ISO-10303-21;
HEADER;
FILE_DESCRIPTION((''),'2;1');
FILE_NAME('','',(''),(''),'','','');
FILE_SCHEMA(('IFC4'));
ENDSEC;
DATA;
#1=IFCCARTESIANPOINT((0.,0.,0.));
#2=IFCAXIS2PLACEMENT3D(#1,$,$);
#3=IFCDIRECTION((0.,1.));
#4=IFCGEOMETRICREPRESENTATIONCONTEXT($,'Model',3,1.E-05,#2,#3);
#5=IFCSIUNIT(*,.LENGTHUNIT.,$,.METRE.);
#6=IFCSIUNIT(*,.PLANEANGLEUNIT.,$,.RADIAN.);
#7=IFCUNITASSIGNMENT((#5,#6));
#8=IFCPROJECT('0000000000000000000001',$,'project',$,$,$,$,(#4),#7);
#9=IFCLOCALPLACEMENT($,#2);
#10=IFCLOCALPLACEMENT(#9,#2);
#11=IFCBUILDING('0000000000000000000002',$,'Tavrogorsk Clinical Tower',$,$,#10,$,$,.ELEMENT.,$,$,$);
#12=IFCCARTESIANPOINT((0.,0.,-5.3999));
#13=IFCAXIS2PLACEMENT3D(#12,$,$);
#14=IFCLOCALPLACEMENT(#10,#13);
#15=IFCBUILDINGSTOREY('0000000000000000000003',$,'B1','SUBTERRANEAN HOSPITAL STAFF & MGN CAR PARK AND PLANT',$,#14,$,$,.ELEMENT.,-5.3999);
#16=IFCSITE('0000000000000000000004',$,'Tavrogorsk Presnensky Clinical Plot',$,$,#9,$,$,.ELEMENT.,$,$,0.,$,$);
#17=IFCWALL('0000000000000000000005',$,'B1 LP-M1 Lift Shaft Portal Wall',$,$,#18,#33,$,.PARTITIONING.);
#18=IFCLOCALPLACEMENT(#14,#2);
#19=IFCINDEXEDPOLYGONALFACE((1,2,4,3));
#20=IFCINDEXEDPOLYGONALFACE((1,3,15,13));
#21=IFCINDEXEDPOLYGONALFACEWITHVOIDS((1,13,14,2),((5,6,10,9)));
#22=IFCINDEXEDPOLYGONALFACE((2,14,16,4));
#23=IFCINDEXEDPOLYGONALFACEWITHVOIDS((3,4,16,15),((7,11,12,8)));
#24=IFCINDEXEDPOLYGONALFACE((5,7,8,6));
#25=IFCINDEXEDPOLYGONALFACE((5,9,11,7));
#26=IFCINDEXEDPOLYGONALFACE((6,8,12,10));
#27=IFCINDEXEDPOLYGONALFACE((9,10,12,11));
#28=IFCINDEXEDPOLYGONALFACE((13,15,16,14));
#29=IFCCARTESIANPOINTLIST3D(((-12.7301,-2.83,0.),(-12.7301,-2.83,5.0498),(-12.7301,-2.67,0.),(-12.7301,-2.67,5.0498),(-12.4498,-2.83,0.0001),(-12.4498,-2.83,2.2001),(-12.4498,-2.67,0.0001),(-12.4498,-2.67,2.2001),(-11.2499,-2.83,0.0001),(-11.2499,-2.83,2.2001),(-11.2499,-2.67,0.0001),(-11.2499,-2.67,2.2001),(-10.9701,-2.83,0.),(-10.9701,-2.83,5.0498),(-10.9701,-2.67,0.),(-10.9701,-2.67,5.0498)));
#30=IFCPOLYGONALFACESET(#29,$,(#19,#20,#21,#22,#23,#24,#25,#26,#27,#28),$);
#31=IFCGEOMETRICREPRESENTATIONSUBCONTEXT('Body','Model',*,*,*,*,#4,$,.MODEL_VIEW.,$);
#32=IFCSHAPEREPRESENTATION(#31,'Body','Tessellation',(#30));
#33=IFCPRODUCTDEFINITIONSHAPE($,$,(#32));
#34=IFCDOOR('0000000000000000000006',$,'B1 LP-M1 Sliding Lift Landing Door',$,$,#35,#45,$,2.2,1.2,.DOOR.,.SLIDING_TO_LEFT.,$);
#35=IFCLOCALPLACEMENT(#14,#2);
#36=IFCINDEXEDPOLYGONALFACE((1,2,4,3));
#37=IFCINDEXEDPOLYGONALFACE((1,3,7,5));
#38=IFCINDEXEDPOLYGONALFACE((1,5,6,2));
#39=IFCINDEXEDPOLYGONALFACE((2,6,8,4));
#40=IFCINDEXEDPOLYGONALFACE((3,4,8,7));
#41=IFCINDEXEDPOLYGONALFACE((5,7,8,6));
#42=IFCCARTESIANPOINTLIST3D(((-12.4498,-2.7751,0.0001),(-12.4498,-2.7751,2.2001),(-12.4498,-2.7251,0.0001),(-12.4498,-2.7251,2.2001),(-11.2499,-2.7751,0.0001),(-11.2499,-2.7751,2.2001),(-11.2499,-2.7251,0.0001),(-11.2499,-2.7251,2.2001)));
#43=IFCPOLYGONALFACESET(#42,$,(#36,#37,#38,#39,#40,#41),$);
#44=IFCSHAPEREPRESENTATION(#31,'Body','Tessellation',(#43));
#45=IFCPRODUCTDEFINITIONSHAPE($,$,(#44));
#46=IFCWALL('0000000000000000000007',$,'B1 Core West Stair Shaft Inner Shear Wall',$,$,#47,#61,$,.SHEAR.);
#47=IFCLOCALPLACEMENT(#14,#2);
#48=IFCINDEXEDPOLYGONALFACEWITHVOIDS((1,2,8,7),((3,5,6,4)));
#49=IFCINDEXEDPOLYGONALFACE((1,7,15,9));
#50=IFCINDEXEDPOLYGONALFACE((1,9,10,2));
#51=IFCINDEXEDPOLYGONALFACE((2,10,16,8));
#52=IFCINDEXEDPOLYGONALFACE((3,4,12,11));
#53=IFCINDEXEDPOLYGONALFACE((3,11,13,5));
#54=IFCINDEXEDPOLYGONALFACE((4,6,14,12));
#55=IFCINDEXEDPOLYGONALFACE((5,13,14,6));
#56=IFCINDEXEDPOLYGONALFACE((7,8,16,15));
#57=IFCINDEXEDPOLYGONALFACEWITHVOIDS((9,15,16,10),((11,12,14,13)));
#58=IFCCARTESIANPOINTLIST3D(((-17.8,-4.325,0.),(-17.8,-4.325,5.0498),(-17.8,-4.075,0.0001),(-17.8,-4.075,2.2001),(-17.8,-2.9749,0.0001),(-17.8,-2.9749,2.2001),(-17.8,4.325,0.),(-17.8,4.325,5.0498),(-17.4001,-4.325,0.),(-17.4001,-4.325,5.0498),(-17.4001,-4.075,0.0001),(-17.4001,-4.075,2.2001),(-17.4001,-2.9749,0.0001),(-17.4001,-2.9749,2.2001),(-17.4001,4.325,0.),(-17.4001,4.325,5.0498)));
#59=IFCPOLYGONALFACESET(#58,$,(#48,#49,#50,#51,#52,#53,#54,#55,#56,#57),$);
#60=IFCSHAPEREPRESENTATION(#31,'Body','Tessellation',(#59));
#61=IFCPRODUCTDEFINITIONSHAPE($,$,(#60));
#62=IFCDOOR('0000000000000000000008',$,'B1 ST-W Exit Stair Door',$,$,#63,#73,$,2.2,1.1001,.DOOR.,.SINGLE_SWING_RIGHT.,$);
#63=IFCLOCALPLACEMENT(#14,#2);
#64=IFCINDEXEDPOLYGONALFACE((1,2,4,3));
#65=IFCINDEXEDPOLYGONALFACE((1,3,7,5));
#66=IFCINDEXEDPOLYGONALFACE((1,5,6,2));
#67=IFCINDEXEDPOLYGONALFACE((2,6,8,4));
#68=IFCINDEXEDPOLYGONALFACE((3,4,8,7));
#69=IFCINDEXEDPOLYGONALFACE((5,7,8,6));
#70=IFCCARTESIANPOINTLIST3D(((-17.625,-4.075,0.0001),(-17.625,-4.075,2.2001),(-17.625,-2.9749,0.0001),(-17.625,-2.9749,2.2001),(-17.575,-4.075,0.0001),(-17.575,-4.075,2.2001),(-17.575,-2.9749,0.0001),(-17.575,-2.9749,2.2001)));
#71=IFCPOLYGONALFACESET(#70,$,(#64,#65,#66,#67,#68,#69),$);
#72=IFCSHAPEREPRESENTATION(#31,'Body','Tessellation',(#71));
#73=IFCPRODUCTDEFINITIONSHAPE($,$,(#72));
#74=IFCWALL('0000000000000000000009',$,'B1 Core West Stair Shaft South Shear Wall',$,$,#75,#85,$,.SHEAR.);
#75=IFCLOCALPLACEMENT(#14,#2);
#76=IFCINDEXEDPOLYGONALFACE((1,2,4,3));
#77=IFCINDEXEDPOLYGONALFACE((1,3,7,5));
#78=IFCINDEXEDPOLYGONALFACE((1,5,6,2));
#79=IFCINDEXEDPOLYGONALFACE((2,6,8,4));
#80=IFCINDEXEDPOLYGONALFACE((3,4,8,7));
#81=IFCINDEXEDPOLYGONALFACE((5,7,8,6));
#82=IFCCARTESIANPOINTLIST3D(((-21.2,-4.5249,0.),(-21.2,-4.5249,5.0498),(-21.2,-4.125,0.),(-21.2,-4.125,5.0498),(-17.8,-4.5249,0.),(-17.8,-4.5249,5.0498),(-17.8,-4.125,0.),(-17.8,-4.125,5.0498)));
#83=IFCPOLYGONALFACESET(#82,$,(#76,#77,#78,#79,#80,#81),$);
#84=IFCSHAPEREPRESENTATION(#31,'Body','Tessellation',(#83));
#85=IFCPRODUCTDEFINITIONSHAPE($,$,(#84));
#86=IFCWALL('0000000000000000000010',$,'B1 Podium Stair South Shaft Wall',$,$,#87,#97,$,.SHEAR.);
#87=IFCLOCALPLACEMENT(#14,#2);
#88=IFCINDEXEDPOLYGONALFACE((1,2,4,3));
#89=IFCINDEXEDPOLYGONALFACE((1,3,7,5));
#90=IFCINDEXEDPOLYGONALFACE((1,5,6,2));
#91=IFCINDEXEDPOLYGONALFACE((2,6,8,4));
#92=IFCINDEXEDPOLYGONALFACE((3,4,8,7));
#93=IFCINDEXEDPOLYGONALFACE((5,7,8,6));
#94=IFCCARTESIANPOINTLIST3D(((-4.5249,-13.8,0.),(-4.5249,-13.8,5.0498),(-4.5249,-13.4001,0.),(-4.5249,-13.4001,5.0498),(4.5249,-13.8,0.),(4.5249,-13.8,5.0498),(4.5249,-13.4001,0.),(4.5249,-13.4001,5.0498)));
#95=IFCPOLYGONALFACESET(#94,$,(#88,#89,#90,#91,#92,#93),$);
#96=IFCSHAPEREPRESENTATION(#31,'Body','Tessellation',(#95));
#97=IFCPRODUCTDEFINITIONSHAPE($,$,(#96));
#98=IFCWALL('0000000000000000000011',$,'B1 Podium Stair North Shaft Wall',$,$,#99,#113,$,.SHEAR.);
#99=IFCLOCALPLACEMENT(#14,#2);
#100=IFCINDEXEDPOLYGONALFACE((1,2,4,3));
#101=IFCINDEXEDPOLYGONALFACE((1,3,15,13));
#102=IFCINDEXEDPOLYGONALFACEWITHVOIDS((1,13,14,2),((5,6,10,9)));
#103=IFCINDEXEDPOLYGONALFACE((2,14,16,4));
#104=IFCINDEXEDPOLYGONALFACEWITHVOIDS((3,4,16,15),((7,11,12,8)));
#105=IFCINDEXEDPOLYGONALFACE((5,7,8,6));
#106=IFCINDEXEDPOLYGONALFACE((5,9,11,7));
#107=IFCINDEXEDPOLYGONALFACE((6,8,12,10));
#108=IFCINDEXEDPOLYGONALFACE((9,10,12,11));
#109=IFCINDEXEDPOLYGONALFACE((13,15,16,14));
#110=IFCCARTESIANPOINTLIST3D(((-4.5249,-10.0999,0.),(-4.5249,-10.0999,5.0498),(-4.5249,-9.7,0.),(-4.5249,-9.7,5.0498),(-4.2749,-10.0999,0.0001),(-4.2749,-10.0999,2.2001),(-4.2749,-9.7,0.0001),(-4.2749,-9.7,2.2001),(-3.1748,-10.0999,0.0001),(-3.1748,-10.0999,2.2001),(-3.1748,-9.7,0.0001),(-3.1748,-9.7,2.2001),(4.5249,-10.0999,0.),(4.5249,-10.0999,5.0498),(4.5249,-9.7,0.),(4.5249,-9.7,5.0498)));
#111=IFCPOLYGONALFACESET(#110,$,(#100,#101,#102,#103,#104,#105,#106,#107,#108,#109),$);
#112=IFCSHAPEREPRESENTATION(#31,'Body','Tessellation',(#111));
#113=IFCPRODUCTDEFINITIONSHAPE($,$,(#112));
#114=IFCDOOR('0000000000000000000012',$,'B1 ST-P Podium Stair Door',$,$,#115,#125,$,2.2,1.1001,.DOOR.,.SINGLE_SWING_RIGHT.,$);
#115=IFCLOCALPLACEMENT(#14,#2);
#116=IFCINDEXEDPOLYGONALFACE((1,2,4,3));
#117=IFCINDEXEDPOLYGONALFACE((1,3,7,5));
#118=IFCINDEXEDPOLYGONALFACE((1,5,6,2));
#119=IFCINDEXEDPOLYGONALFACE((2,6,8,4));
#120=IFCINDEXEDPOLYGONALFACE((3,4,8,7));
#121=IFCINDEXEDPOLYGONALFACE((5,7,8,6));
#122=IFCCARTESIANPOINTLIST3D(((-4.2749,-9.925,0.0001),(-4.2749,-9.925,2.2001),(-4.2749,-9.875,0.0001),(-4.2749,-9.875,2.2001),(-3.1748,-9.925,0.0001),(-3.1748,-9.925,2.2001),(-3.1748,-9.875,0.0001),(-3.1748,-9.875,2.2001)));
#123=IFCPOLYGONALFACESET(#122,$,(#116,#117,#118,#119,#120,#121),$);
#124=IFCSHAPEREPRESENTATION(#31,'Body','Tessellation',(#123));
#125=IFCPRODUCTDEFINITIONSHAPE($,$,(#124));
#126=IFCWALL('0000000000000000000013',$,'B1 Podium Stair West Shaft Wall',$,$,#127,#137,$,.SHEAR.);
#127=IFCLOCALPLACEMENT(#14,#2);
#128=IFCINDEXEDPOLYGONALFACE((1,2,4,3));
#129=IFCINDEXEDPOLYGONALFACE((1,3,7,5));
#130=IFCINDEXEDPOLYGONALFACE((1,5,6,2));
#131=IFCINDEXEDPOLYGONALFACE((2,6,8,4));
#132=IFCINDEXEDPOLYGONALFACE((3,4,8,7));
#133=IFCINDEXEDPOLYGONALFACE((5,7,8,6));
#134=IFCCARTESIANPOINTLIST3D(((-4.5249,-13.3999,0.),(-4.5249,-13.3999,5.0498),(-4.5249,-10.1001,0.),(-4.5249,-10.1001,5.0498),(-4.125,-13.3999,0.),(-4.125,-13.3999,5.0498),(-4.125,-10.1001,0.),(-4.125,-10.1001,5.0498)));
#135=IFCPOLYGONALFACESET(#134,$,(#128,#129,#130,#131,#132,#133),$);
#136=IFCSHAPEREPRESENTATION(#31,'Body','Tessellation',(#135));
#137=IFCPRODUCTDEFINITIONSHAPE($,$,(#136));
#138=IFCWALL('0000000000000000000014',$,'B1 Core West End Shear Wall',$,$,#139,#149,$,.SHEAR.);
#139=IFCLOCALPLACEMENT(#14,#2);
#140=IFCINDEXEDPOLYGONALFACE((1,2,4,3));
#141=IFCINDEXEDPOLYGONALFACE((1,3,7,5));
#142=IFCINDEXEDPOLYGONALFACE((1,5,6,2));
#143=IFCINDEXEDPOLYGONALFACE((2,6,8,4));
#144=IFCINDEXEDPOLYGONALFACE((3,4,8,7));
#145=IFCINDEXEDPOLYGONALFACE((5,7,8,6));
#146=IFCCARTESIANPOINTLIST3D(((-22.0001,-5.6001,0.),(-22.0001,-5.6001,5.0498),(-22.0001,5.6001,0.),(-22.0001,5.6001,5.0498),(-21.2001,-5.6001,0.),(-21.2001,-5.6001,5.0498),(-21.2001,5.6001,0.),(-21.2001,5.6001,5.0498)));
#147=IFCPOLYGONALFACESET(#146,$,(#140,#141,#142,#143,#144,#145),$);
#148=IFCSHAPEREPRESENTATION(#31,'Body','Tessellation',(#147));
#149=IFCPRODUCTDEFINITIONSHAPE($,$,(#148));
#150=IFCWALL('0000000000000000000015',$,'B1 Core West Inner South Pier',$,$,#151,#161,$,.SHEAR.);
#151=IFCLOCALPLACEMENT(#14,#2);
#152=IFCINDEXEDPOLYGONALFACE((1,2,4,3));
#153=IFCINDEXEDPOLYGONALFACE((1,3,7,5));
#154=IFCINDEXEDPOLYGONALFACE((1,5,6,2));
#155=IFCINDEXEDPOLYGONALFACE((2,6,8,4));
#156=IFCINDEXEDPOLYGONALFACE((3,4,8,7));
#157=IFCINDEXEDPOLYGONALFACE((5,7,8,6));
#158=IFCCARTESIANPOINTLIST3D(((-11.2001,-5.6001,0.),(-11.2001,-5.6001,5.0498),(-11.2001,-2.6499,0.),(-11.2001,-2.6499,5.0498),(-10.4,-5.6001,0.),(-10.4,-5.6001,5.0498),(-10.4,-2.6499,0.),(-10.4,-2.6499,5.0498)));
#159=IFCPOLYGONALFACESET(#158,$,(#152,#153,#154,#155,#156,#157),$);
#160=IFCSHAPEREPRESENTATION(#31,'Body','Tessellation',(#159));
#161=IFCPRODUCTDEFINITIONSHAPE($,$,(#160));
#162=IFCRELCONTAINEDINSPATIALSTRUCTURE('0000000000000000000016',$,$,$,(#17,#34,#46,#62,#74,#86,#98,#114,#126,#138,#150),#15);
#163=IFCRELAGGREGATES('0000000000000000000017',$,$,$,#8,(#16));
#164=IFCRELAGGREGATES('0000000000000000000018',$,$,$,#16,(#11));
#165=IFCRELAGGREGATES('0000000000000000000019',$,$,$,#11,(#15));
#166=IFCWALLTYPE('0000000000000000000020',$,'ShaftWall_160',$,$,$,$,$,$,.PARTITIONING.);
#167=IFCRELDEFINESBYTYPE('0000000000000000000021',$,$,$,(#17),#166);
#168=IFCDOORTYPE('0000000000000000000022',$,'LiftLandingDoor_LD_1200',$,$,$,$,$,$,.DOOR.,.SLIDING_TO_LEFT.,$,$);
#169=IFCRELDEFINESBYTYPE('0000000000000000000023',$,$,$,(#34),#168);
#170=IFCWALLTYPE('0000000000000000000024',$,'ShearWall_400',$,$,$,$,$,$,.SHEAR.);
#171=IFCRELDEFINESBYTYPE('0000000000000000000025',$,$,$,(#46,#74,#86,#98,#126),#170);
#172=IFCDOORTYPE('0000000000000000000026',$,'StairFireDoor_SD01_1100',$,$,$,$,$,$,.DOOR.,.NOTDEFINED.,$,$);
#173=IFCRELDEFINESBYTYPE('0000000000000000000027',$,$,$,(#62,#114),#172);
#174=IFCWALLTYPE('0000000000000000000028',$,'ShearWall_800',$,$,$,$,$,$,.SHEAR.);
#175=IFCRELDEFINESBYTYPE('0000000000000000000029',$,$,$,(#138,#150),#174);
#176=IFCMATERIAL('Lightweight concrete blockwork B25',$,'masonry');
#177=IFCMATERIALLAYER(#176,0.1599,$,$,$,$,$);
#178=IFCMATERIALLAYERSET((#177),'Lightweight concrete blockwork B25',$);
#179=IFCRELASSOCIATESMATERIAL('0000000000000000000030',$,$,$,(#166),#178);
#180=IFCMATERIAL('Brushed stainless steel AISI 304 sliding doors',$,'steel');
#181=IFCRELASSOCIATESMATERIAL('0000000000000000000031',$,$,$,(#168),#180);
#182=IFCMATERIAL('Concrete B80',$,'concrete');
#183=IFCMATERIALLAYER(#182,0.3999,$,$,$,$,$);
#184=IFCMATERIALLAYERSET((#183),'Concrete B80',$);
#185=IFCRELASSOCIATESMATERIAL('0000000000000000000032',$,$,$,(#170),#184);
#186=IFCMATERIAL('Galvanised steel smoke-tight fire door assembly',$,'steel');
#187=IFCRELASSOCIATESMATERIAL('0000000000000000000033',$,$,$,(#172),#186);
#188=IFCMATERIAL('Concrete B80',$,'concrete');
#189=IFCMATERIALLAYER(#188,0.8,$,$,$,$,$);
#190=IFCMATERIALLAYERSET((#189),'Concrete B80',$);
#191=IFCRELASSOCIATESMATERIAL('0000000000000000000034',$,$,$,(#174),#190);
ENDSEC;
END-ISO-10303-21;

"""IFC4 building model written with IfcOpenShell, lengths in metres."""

from ifc_helpers import new_model, si_unit, direction, frame, frame_2d, origin, place, context, subcontext, project, spatial, rectangle, extrude, material, layer, layer_set, type_object, element, fill, save


model = new_model("IFC4")

# Units and contexts
model_context = context("Model", 3, precision=1e-05, world=origin(), true_north=direction((0.0, 1.0)))
body_context = subcontext(model_context, "Body", "Model", "MODEL_VIEW")
ifc_project = project(units=[si_unit("LENGTHUNIT", "METRE"), si_unit("PLANEANGLEUNIT", "RADIAN")], contexts=[model_context])

# Site, building, storey
site_placement = place(None, origin())
site = spatial("IfcSite", under=ifc_project, at=site_placement, Name="Tavrogorsk Presnensky Clinical Plot", CompositionType="ELEMENT", RefElevation=0.0)
building_placement = place(site_placement, origin())
building = spatial("IfcBuilding", under=site, at=building_placement, Name="Tavrogorsk Clinical Tower", CompositionType="ELEMENT")
storey_placement = place(building_placement, frame((0.0, 0.0, -5.3999)))
storey = spatial("IfcBuildingStorey", under=building, at=storey_placement, Name="B1", Description="SUBTERRANEAN HOSPITAL STAFF & MGN CAR PARK AND PLANT", CompositionType="ELEMENT", Elevation=-5.3999)

# Shared definitions
ifc_material_1 = material(Name="Lightweight concrete blockwork B25", Category="masonry")
ifc_layer_1 = layer(ifc_material_1, 0.1599)
ifc_layer_set_1 = layer_set([ifc_layer_1], Name="Lightweight concrete blockwork B25")
wall_type_1 = type_object("IfcWallType", Name="ShaftWall_160", PredefinedType="PARTITIONING", material=ifc_layer_set_1)
ifc_material_2 = material(Name="Brushed stainless steel AISI 304 sliding doors", Category="steel")
door_type_1 = type_object("IfcDoorType", Name="LiftLandingDoor_LD_1200", OperationType="SLIDING_TO_LEFT", PredefinedType="DOOR", material=ifc_material_2)

# Walls, openings, doors
wall_1_placement = place(storey_placement, frame((-12.73, -2.75, 0.0), z_axis=(0.0, 0.0, 1.0), x_axis=(1.0, 0.0, 0.0)))
wall_1 = element("IfcWall", 1, at=wall_1_placement, inside=storey, type_object=wall_type_1, Name="B1 LP-M1 Lift Shaft Portal Wall", PredefinedType="PARTITIONING", context=body_context, shape_type="SweptSolid", body=[
    extrude(rectangle(XDim=1.76, YDim=0.1599, at=frame_2d((0.8799, 0.0))), origin(), (0.0, 0.0, 1.0), 5.0498),
])
opening_1_placement = place(wall_1_placement, frame((0.28, 0.0, 0.0)))
opening_1 = element("IfcOpeningElement", 2, at=opening_1_placement, cuts=wall_1, PredefinedType="OPENING", context=body_context, shape_type="SweptSolid", body=[
    extrude(rectangle(XDim=1.2, YDim=2.2, at=frame_2d((0.6001, 1.1001))), frame((0.0, 0.0898, 0.0), z_axis=(0.0, -1.0, 0.0), x_axis=(1.0, 0.0, 0.0)), (0.0, 0.0, 1.0), 0.1799),
])
door_1_placement = place(opening_1_placement, origin())
door_1 = element("IfcDoor", 3, at=door_1_placement, inside=storey, type_object=door_type_1, Name="B1 LP-M1 Sliding Lift Landing Door", OperationType="SLIDING_TO_LEFT", OverallHeight=2.2, OverallWidth=1.2, PredefinedType="DOOR", context=body_context, shape_type="SweptSolid", body=[
    extrude(rectangle(XDim=1.2, YDim=2.2, at=frame_2d((0.6001, 1.1001))), frame((0.0, 0.0249, 0.0), z_axis=(0.0, -1.0, 0.0), x_axis=(1.0, 0.0, 0.0)), (0.0, 0.0, 1.0), 0.05),
])
fill(opening_1, door_1)
ifc_material_3 = material(Name="Concrete B80", Category="concrete")
ifc_layer_2 = layer(ifc_material_3, 0.3999)
ifc_layer_set_2 = layer_set([ifc_layer_2], Name="Concrete B80")
wall_type_2 = type_object("IfcWallType", Name="ShearWall_400", PredefinedType="SHEAR", material=ifc_layer_set_2)
wall_2_placement = place(storey_placement, frame((-17.6001, -4.325, 0.0), z_axis=(0.0, 0.0, 1.0), x_axis=(0.0, 1.0, 0.0)))
wall_2 = element("IfcWall", 4, at=wall_2_placement, inside=storey, type_object=wall_type_2, Name="B1 Core West Stair Shaft Inner Shear Wall", PredefinedType="SHEAR", context=body_context, shape_type="SweptSolid", body=[
    extrude(rectangle(XDim=8.6499, YDim=0.3999, at=frame_2d((4.325, 0.0))), origin(), (0.0, 0.0, 1.0), 5.0498),
])
opening_2_placement = place(wall_2_placement, frame((0.25, 0.0, 0.0)))
opening_2 = element("IfcOpeningElement", 5, at=opening_2_placement, cuts=wall_2, PredefinedType="OPENING", context=body_context, shape_type="SweptSolid", body=[
    extrude(rectangle(XDim=1.1001, YDim=2.2, at=frame_2d((0.55, 1.1001))), frame((0.0, 0.21, 0.0), z_axis=(0.0, -1.0, 0.0), x_axis=(1.0, 0.0, 0.0)), (0.0, 0.0, 1.0), 0.4199),
])
ifc_material_4 = material(Name="Galvanised steel smoke-tight fire door assembly", Category="steel")
door_type_2 = type_object("IfcDoorType", Name="StairFireDoor_SD01_1100", OperationType="NOTDEFINED", PredefinedType="DOOR", material=ifc_material_4)
door_2_placement = place(opening_2_placement, origin())
door_2 = element("IfcDoor", 6, at=door_2_placement, inside=storey, type_object=door_type_2, Name="B1 ST-W Exit Stair Door", OperationType="SINGLE_SWING_RIGHT", OverallHeight=2.2, OverallWidth=1.1001, PredefinedType="DOOR", context=body_context, shape_type="SweptSolid", body=[
    extrude(rectangle(XDim=1.1001, YDim=2.2, at=frame_2d((0.55, 1.1001))), frame((0.0, 0.0249, 0.0), z_axis=(0.0, -1.0, 0.0), x_axis=(1.0, 0.0, 0.0)), (0.0, 0.0, 1.0), 0.05),
])
fill(opening_2, door_2)

# Walls
wall_3_placement = place(storey_placement, frame((-21.2, -4.325, 0.0), z_axis=(0.0, 0.0, 1.0), x_axis=(1.0, 0.0, 0.0)))
element("IfcWall", 7, at=wall_3_placement, inside=storey, type_object=wall_type_2, Name="B1 Core West Stair Shaft South Shear Wall", PredefinedType="SHEAR", context=body_context, shape_type="SweptSolid", body=[
    extrude(rectangle(XDim=3.3999, YDim=0.3999, at=frame_2d((1.7, 0.0))), origin(), (0.0, 0.0, 1.0), 5.0498),
])
wall_4_placement = place(storey_placement, frame((-4.5249, -13.6001, 0.0), z_axis=(0.0, 0.0, 1.0), x_axis=(1.0, 0.0, 0.0)))
element("IfcWall", 8, at=wall_4_placement, inside=storey, type_object=wall_type_2, Name="B1 Podium Stair South Shaft Wall", PredefinedType="SHEAR", context=body_context, shape_type="SweptSolid", body=[
    extrude(rectangle(XDim=9.0498, YDim=0.3999, at=frame_2d((4.5249, 0.0))), origin(), (0.0, 0.0, 1.0), 5.0498),
])

# Wall, opening, door
wall_5_placement = place(storey_placement, frame((-4.5249, -9.8999, 0.0), z_axis=(0.0, 0.0, 1.0), x_axis=(1.0, 0.0, 0.0)))
wall_5 = element("IfcWall", 9, at=wall_5_placement, inside=storey, type_object=wall_type_2, Name="B1 Podium Stair North Shaft Wall", PredefinedType="SHEAR", context=body_context, shape_type="SweptSolid", body=[
    extrude(rectangle(XDim=9.0498, YDim=0.3999, at=frame_2d((4.5249, 0.0))), origin(), (0.0, 0.0, 1.0), 5.0498),
])
opening_3_placement = place(wall_5_placement, frame((0.25, 0.0, 0.0)))
opening_3 = element("IfcOpeningElement", 10, at=opening_3_placement, cuts=wall_5, PredefinedType="OPENING", context=body_context, shape_type="SweptSolid", body=[
    extrude(rectangle(XDim=1.1001, YDim=2.2, at=frame_2d((0.55, 1.1001))), frame((0.0, 0.21, 0.0), z_axis=(0.0, -1.0, 0.0), x_axis=(1.0, 0.0, 0.0)), (0.0, 0.0, 1.0), 0.4199),
])
door_3_placement = place(opening_3_placement, origin())
door_3 = element("IfcDoor", 11, at=door_3_placement, inside=storey, type_object=door_type_2, Name="B1 ST-P Podium Stair Door", OperationType="SINGLE_SWING_RIGHT", OverallHeight=2.2, OverallWidth=1.1001, PredefinedType="DOOR", context=body_context, shape_type="SweptSolid", body=[
    extrude(rectangle(XDim=1.1001, YDim=2.2, at=frame_2d((0.55, 1.1001))), frame((0.0, 0.0249, 0.0), z_axis=(0.0, -1.0, 0.0), x_axis=(1.0, 0.0, 0.0)), (0.0, 0.0, 1.0), 0.05),
])
fill(opening_3, door_3)

# Walls
wall_6_placement = place(storey_placement, frame((-4.325, -13.3999, 0.0), z_axis=(0.0, 0.0, 1.0), x_axis=(0.0, 1.0, 0.0)))
element("IfcWall", 12, at=wall_6_placement, inside=storey, type_object=wall_type_2, Name="B1 Podium Stair West Shaft Wall", PredefinedType="SHEAR", context=body_context, shape_type="SweptSolid", body=[
    extrude(rectangle(XDim=3.2998, YDim=0.3999, at=frame_2d((1.6499, 0.0))), origin(), (0.0, 0.0, 1.0), 5.0498),
])
ifc_material_5 = material(Name="Concrete B80", Category="concrete")
ifc_layer_3 = layer(ifc_material_5, 0.8)
ifc_layer_set_3 = layer_set([ifc_layer_3], Name="Concrete B80")
wall_type_3 = type_object("IfcWallType", Name="ShearWall_800", PredefinedType="SHEAR", material=ifc_layer_set_3)
wall_7_placement = place(storey_placement, frame((-21.6001, -5.6001, 0.0), z_axis=(0.0, 0.0, 1.0), x_axis=(0.0, 1.0, 0.0)))
element("IfcWall", 13, at=wall_7_placement, inside=storey, type_object=wall_type_3, Name="B1 Core West End Shear Wall", PredefinedType="SHEAR", context=body_context, shape_type="SweptSolid", body=[
    extrude(rectangle(XDim=11.2002, YDim=0.8, at=frame_2d((5.6001, 0.0))), origin(), (0.0, 0.0, 1.0), 5.0498),
])
wall_8_placement = place(storey_placement, frame((-10.8, -5.6001, 0.0), z_axis=(0.0, 0.0, 1.0), x_axis=(0.0, 1.0, 0.0)))
element("IfcWall", 14, at=wall_8_placement, inside=storey, type_object=wall_type_3, Name="B1 Core West Inner South Pier", PredefinedType="SHEAR", context=body_context, shape_type="SweptSolid", body=[
    extrude(rectangle(XDim=2.9502, YDim=0.8, at=frame_2d((1.4751, 0.0))), origin(), (0.0, 0.0, 1.0), 5.0498),
])

save(model, "model.ifc")
